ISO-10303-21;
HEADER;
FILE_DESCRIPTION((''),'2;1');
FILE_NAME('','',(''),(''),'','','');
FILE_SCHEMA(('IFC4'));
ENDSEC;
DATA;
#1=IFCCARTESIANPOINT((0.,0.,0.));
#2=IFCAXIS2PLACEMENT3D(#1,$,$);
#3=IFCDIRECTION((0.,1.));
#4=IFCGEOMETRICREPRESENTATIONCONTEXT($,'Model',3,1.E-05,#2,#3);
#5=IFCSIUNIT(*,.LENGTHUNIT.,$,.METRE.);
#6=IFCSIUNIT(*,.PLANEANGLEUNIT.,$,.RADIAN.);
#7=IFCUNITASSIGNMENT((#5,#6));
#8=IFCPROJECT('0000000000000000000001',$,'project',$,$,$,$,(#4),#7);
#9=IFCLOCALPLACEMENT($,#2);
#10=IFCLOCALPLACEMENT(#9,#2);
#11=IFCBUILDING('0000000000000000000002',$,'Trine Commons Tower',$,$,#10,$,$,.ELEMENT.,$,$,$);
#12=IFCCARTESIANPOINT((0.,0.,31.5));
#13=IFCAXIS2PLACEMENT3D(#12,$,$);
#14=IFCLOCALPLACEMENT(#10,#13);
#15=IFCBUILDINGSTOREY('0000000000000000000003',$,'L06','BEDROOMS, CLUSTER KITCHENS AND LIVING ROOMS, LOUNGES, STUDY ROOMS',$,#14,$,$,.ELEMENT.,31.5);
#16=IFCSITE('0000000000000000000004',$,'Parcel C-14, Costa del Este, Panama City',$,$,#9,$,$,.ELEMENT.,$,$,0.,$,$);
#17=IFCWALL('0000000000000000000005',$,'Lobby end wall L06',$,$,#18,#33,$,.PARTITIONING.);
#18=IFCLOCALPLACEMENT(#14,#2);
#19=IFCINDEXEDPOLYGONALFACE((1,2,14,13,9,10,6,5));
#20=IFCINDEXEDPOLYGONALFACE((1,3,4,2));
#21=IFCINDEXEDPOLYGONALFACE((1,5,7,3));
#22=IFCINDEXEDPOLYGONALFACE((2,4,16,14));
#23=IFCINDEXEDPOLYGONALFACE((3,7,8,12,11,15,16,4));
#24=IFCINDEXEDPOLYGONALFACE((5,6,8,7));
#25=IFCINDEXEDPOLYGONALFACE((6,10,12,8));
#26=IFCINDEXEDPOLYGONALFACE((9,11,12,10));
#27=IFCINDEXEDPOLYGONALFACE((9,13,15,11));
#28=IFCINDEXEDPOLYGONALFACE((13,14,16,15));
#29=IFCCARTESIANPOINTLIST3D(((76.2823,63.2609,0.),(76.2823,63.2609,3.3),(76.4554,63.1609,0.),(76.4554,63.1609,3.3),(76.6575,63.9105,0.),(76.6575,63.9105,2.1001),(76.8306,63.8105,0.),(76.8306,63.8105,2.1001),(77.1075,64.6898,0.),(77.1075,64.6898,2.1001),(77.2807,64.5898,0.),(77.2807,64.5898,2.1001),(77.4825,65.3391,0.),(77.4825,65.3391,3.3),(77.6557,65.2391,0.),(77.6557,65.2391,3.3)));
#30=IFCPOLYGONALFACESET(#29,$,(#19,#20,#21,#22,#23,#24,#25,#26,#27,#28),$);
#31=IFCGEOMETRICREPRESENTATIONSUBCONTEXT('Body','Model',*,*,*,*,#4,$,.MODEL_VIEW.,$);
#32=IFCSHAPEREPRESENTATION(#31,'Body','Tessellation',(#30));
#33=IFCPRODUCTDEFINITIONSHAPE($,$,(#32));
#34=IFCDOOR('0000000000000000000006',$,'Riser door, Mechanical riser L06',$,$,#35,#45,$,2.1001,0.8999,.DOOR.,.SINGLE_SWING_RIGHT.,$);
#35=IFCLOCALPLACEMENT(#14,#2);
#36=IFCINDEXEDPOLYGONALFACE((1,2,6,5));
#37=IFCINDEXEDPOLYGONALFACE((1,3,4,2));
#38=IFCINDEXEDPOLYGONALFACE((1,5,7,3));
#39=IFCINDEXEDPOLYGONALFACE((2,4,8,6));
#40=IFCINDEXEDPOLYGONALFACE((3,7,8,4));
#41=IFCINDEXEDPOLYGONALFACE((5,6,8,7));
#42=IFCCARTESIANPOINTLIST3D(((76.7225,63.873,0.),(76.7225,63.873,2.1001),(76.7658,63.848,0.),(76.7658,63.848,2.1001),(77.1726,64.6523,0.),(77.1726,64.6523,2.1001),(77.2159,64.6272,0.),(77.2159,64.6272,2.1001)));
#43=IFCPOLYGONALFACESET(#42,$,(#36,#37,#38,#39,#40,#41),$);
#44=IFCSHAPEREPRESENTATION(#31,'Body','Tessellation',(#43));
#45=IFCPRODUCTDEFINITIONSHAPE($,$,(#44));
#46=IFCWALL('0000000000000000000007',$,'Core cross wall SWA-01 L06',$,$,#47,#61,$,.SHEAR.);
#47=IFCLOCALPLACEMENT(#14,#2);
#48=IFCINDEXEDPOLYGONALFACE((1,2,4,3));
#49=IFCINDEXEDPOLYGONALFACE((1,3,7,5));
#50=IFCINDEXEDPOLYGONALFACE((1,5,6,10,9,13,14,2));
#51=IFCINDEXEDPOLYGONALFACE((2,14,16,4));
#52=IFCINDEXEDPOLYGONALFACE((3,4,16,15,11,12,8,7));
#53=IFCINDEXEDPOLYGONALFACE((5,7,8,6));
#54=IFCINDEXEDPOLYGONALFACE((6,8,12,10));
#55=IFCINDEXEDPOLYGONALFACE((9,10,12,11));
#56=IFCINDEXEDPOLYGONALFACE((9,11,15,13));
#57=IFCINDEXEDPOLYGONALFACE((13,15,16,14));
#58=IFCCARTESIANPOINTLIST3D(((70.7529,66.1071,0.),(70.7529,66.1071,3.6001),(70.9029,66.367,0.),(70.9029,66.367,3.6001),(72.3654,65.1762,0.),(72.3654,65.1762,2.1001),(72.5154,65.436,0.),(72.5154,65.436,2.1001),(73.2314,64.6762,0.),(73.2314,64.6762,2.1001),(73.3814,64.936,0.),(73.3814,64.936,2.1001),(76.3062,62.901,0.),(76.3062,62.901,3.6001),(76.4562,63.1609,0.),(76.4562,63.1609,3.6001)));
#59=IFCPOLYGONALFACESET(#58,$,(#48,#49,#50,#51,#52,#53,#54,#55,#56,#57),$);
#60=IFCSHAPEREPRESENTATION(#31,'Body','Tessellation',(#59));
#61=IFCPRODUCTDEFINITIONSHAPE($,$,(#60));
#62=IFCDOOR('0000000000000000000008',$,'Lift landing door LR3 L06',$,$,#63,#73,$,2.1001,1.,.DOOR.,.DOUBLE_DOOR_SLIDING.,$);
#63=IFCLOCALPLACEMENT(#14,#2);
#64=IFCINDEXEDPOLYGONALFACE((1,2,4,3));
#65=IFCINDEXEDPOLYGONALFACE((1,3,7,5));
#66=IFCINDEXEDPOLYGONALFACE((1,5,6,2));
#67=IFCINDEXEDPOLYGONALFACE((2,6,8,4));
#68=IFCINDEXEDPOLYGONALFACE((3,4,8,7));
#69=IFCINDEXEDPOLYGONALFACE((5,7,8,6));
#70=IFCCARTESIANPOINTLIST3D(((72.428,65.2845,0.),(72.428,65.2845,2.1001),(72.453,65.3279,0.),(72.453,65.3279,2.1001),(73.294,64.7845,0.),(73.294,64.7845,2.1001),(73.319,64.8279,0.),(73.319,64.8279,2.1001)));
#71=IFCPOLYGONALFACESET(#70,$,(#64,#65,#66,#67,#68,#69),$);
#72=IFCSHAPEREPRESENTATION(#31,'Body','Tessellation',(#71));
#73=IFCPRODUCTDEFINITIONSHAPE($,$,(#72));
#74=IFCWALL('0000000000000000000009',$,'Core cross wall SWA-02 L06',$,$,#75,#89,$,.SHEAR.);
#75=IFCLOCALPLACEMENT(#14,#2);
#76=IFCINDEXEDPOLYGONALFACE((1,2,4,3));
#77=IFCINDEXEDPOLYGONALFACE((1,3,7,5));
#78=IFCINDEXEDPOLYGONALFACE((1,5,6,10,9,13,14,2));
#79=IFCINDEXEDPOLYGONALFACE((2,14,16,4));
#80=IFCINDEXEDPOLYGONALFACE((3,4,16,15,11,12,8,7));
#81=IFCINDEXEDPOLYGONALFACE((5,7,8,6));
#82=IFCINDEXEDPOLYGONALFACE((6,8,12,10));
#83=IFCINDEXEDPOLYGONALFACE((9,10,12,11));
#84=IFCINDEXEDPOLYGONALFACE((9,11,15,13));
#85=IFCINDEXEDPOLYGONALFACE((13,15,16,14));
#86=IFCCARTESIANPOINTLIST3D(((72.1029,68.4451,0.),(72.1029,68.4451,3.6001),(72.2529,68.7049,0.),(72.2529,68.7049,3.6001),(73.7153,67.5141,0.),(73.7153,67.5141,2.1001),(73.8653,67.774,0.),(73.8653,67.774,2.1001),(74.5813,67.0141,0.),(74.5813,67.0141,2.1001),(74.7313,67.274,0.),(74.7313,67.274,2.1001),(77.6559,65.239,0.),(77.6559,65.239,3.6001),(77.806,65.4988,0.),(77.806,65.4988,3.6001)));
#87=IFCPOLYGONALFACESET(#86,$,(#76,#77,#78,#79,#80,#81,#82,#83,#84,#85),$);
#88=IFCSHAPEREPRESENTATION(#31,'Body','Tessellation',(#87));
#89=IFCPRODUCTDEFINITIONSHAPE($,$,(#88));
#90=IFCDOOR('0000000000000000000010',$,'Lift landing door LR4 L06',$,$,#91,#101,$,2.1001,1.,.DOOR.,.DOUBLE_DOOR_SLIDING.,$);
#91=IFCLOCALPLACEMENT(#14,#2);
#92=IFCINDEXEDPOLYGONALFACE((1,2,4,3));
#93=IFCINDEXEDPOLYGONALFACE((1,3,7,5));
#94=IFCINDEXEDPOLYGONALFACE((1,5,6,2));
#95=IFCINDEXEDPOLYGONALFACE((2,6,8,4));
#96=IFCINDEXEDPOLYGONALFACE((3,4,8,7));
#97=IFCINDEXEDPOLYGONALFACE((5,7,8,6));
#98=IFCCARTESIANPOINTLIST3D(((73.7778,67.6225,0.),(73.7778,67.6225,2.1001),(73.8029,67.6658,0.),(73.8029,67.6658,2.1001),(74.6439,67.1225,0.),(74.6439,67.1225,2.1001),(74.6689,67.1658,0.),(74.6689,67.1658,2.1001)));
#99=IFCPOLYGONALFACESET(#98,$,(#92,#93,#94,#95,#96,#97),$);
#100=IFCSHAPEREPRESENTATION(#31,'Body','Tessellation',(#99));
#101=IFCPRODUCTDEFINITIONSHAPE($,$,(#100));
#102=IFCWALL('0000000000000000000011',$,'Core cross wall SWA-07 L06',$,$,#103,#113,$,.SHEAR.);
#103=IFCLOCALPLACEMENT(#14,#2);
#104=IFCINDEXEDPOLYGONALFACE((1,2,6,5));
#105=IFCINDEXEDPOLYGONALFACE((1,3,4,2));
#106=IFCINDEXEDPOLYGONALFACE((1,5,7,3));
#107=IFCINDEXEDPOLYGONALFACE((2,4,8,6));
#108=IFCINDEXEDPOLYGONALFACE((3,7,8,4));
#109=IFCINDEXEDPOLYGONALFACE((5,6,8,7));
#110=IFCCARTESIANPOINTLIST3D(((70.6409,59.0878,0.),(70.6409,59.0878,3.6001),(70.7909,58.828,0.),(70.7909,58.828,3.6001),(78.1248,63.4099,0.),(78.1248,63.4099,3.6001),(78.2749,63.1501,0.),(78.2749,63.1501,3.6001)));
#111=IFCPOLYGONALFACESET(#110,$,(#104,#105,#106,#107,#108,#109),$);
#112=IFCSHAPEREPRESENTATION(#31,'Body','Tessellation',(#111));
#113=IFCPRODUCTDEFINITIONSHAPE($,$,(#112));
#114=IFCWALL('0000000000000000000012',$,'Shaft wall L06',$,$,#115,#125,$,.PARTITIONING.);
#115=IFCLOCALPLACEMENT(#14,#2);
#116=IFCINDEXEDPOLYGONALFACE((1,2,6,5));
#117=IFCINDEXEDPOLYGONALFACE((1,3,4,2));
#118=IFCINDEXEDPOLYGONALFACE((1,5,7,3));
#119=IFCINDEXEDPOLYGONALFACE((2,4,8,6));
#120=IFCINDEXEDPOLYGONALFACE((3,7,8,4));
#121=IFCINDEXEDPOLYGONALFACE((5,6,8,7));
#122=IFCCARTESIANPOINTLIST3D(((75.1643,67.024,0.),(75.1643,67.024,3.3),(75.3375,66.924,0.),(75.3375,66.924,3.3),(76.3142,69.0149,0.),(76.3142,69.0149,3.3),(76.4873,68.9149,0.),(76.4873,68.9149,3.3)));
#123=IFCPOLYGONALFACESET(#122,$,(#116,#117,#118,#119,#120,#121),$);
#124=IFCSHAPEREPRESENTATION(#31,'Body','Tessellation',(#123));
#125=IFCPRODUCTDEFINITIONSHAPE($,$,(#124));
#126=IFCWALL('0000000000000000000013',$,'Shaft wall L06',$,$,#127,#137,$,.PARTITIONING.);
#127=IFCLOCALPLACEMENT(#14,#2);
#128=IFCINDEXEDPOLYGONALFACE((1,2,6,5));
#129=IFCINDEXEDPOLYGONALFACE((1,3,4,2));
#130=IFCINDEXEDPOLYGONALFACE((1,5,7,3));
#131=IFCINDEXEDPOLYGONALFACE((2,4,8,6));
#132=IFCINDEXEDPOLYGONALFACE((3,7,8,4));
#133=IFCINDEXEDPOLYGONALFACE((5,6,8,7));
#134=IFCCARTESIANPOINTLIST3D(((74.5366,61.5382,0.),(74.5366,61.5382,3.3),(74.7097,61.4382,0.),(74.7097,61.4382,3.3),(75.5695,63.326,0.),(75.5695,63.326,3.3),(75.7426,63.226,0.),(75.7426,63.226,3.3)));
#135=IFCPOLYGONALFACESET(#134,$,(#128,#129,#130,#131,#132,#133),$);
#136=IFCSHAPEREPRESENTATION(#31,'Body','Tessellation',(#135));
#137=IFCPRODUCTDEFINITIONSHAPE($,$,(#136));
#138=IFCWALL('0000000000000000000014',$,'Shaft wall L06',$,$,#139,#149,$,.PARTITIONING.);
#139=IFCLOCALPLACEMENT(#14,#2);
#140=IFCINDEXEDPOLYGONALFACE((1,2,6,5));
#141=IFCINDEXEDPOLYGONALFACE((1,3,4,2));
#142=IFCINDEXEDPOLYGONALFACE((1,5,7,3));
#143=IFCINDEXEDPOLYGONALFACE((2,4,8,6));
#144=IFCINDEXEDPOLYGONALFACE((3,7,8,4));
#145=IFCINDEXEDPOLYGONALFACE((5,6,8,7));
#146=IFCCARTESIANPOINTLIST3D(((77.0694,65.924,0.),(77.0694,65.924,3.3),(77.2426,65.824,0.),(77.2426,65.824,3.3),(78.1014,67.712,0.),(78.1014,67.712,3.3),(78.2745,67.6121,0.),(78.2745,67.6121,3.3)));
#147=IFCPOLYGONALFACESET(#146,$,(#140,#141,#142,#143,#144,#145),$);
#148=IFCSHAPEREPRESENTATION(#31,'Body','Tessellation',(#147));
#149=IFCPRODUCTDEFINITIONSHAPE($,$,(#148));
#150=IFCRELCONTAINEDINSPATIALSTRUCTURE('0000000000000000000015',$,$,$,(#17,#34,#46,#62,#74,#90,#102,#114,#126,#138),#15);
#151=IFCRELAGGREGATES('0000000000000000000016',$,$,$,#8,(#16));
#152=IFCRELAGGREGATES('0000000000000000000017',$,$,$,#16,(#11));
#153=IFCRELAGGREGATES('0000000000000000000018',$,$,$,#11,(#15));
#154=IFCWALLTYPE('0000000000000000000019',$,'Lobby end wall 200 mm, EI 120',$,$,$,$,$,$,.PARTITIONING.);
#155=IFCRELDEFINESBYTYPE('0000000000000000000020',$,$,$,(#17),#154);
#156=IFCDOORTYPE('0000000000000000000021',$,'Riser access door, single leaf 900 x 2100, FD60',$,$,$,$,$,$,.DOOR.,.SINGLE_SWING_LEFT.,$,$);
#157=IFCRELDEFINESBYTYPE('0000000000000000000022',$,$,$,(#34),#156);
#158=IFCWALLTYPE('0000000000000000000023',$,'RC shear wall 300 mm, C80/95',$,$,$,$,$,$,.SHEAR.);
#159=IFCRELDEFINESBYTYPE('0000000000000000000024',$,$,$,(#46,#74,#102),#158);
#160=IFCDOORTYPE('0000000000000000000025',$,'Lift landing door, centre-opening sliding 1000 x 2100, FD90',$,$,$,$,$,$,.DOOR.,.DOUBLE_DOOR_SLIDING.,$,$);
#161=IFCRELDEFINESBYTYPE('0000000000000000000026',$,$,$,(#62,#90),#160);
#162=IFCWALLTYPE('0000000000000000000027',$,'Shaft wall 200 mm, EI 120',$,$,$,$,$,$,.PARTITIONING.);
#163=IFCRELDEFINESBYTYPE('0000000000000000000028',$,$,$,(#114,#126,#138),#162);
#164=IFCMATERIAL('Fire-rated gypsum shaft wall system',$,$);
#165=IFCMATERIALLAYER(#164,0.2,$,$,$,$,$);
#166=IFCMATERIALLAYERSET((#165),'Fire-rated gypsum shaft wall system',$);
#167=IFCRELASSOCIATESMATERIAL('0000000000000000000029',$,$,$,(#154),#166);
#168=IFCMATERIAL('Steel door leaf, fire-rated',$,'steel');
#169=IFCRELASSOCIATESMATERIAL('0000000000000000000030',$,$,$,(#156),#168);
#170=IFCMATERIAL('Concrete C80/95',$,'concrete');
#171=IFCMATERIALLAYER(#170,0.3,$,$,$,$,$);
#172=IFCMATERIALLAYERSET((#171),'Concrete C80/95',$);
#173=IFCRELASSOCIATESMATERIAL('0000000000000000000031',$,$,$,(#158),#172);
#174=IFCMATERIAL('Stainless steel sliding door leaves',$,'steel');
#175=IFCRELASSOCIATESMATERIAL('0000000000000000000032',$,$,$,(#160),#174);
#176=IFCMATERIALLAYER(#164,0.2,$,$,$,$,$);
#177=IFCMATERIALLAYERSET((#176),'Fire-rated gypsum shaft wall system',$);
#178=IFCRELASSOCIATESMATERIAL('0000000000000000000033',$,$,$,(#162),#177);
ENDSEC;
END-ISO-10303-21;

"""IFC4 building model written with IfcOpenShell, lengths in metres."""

from ifc_helpers import new_model, si_unit, direction, frame, frame_2d, origin, place, context, subcontext, project, spatial, rectangle, extrude, material, layer, layer_set, type_object, element, fill, save


model = new_model("IFC4")

# Units and contexts
model_context = context("Model", 3, precision=1e-05, world=origin(), true_north=direction((0.0, 1.0)))
body_context = subcontext(model_context, "Body", "Model", "MODEL_VIEW")
ifc_project = project(units=[si_unit("LENGTHUNIT", "METRE"), si_unit("PLANEANGLEUNIT", "RADIAN")], contexts=[model_context])

# Site, building, storey
site_placement = place(None, origin())
site = spatial("IfcSite", under=ifc_project, at=site_placement, Name="Parcel C-14, Costa del Este, Panama City", CompositionType="ELEMENT", RefElevation=0.0)
building_placement = place(site_placement, origin())
building = spatial("IfcBuilding", under=site, at=building_placement, Name="Trine Commons Tower", CompositionType="ELEMENT")
storey_placement = place(building_placement, frame((0.0, 0.0, 31.5)))
storey = spatial("IfcBuildingStorey", under=building, at=storey_placement, Name="L06", Description="BEDROOMS, CLUSTER KITCHENS AND LIVING ROOMS, LOUNGES, STUDY ROOMS", CompositionType="ELEMENT", Elevation=31.5)

# Walls, openings, doors
ifc_material_1 = material(Name="Fire-rated gypsum shaft wall system")
ifc_layer_1 = layer(ifc_material_1, 0.2)
ifc_layer_set_1 = layer_set([ifc_layer_1], Name="Fire-rated gypsum shaft wall system")
wall_type_1 = type_object("IfcWallType", Name="Lobby end wall 200 mm, EI 120", PredefinedType="PARTITIONING", material=ifc_layer_set_1)
wall_1_placement = place(storey_placement, frame((77.5691, 65.2891, 0.0), z_axis=(0.0, 0.0, 1.0), x_axis=(-0.500122, -0.865955, 0.0)))
wall_1 = element("IfcWall", 1, at=wall_1_placement, inside=storey, type_object=wall_type_1, Name="Lobby end wall L06", PredefinedType="PARTITIONING", context=body_context, shape_type="SweptSolid", body=[
    extrude(rectangle(XDim=2.3999, YDim=0.2, at=frame_2d((1.2, 0.0))), origin(), (0.0, 0.0, 1.0), 3.3),
])
opening_1_placement = place(wall_1_placement, frame((0.7498, 0.0, 0.0)))
opening_1 = element("IfcOpeningElement", 2, at=opening_1_placement, cuts=wall_1, PredefinedType="OPENING", context=body_context, shape_type="SweptSolid", body=[
    extrude(rectangle(XDim=0.8999, YDim=2.1001, at=frame_2d((0.45, 1.05))), frame((0.0, 0.1099, 0.0), z_axis=(0.0, -1.0, 0.0), x_axis=(1.0, 0.0, 0.0)), (0.0, 0.0, 1.0), 0.22),
])
ifc_material_2 = material(Name="Steel door leaf, fire-rated", Category="steel")
door_type_1 = type_object("IfcDoorType", Name="Riser access door, single leaf 900 x 2100, FD60", OperationType="SINGLE_SWING_LEFT", PredefinedType="DOOR", material=ifc_material_2)
door_1_placement = place(opening_1_placement, frame((0.8999, 0.0, 0.0), z_axis=(0.0, 0.0, 1.0), x_axis=(-1.0, 0.0, 0.0)))
door_1 = element("IfcDoor", 3, at=door_1_placement, inside=storey, type_object=door_type_1, Name="Riser door, Mechanical riser L06", OperationType="SINGLE_SWING_RIGHT", OverallHeight=2.1001, OverallWidth=0.8999, PredefinedType="DOOR", context=body_context, shape_type="SweptSolid", body=[
    extrude(rectangle(XDim=0.8999, YDim=2.1001, at=frame_2d((0.45, 1.05))), frame((0.0, 0.0249, 0.0), z_axis=(0.0, -1.0, 0.0), x_axis=(1.0, 0.0, 0.0)), (0.0, 0.0, 1.0), 0.05),
])
fill(opening_1, door_1)
ifc_material_3 = material(Name="Concrete C80/95", Category="concrete")
ifc_layer_2 = layer(ifc_material_3, 0.3)
ifc_layer_set_2 = layer_set([ifc_layer_2], Name="Concrete C80/95")
wall_type_2 = type_object("IfcWallType", Name="RC shear wall 300 mm, C80/95", PredefinedType="SHEAR", material=ifc_layer_set_2)
wall_2_placement = place(storey_placement, frame((76.3811, 63.031, 0.0), z_axis=(0.0, 0.0, 1.0), x_axis=(-0.866032, 0.499988, 0.0)))
wall_2 = element("IfcWall", 4, at=wall_2_placement, inside=storey, type_object=wall_type_2, Name="Core cross wall SWA-01 L06", PredefinedType="SHEAR", context=body_context, shape_type="SweptSolid", body=[
    extrude(rectangle(XDim=6.4124, YDim=0.3, at=frame_2d((3.2061, 0.0))), origin(), (0.0, 0.0, 1.0), 3.6001),
])
opening_2_placement = place(wall_2_placement, frame((3.5503, 0.0, 0.0)))
opening_2 = element("IfcOpeningElement", 5, at=opening_2_placement, cuts=wall_2, PredefinedType="OPENING", context=body_context, shape_type="SweptSolid", body=[
    extrude(rectangle(XDim=1.0, YDim=2.1001, at=frame_2d((0.5, 1.05))), frame((0.0, 0.1599, 0.0), z_axis=(0.0, -1.0, 0.0), x_axis=(1.0, 0.0, 0.0)), (0.0, 0.0, 1.0), 0.3201),
])
ifc_material_4 = material(Name="Stainless steel sliding door leaves", Category="steel")
door_type_2 = type_object("IfcDoorType", Name="Lift landing door, centre-opening sliding 1000 x 2100, FD90", OperationType="DOUBLE_DOOR_SLIDING", PredefinedType="DOOR", material=ifc_material_4)
door_2_placement = place(opening_2_placement, origin())
door_2 = element("IfcDoor", 6, at=door_2_placement, inside=storey, type_object=door_type_2, Name="Lift landing door LR3 L06", OperationType="DOUBLE_DOOR_SLIDING", OverallHeight=2.1001, OverallWidth=1.0, PredefinedType="DOOR", context=body_context, shape_type="SweptSolid", body=[
    extrude(rectangle(XDim=1.0, YDim=2.1001, at=frame_2d((0.5, 1.05))), frame((0.0, 0.0249, 0.0), z_axis=(0.0, -1.0, 0.0), x_axis=(1.0, 0.0, 0.0)), (0.0, 0.0, 1.0), 0.05),
])
fill(opening_2, door_2)
wall_3_placement = place(storey_placement, frame((77.731, 65.3689, 0.0), z_axis=(0.0, 0.0, 1.0), x_axis=(-0.866023, 0.500005, 0.0)))
wall_3 = element("IfcWall", 7, at=wall_3_placement, inside=storey, type_object=wall_type_2, Name="Core cross wall SWA-02 L06", PredefinedType="SHEAR", context=body_context, shape_type="SweptSolid", body=[
    extrude(rectangle(XDim=6.4121, YDim=0.3, at=frame_2d((3.2061, 0.0))), origin(), (0.0, 0.0, 1.0), 3.6001),
])
opening_3_placement = place(wall_3_placement, frame((3.5503, 0.0, 0.0)))
opening_3 = element("IfcOpeningElement", 8, at=opening_3_placement, cuts=wall_3, PredefinedType="OPENING", context=body_context, shape_type="SweptSolid", body=[
    extrude(rectangle(XDim=1.0, YDim=2.1001, at=frame_2d((0.5, 1.05))), frame((0.0, 0.1599, 0.0), z_axis=(0.0, -1.0, 0.0), x_axis=(1.0, 0.0, 0.0)), (0.0, 0.0, 1.0), 0.3201),
])
door_3_placement = place(opening_3_placement, origin())
door_3 = element("IfcDoor", 9, at=door_3_placement, inside=storey, type_object=door_type_2, Name="Lift landing door LR4 L06", OperationType="DOUBLE_DOOR_SLIDING", OverallHeight=2.1001, OverallWidth=1.0, PredefinedType="DOOR", context=body_context, shape_type="SweptSolid", body=[
    extrude(rectangle(XDim=1.0, YDim=2.1001, at=frame_2d((0.5, 1.05))), frame((0.0, 0.0249, 0.0), z_axis=(0.0, -1.0, 0.0), x_axis=(1.0, 0.0, 0.0)), (0.0, 0.0, 1.0), 0.05),
])
fill(opening_3, door_3)

# Walls
wall_4_placement = place(storey_placement, frame((78.2, 63.28, 0.0), z_axis=(0.0, 0.0, 1.0), x_axis=(-0.865965, -0.500104, 0.0)))
element("IfcWall", 10, at=wall_4_placement, inside=storey, type_object=wall_type_2, Name="Core cross wall SWA-07 L06", PredefinedType="SHEAR", context=body_context, shape_type="SweptSolid", body=[
    extrude(rectangle(XDim=8.6423, YDim=0.3, at=frame_2d((4.3213, 0.0))), origin(), (0.0, 0.0, 1.0), 3.6001),
])
ifc_layer_3 = layer(ifc_material_1, 0.2)
ifc_layer_set_3 = layer_set([ifc_layer_3], Name="Fire-rated gypsum shaft wall system")
wall_type_3 = type_object("IfcWallType", Name="Shaft wall 200 mm, EI 120", PredefinedType="PARTITIONING", material=ifc_layer_set_3)
wall_5_placement = place(storey_placement, frame((75.251, 66.9741, 0.0), z_axis=(0.0, 0.0, 1.0), x_axis=(0.500136, 0.865947, 0.0)))
element("IfcWall", 11, at=wall_5_placement, inside=storey, type_object=wall_type_3, Name="Shaft wall L06", PredefinedType="PARTITIONING", context=body_context, shape_type="SweptSolid", body=[
    extrude(rectangle(XDim=2.2991, YDim=0.2, at=frame_2d((1.1494, 0.0))), origin(), (0.0, 0.0, 1.0), 3.3),
])
wall_6_placement = place(storey_placement, frame((75.656, 63.2759, 0.0), z_axis=(0.0, 0.0, 1.0), x_axis=(-0.500272, -0.865868, 0.0)))
element("IfcWall", 12, at=wall_6_placement, inside=storey, type_object=wall_type_3, Name="Shaft wall L06", PredefinedType="PARTITIONING", context=body_context, shape_type="SweptSolid", body=[
    extrude(rectangle(XDim=2.0647, YDim=0.2, at=frame_2d((1.0322, 0.0))), origin(), (0.0, 0.0, 1.0), 3.3),
])
wall_7_placement = place(storey_placement, frame((77.156, 65.874, 0.0), z_axis=(0.0, 0.0, 1.0), x_axis=(0.499866, 0.866103, 0.0)))
element("IfcWall", 13, at=wall_7_placement, inside=storey, type_object=wall_type_3, Name="Shaft wall L06", PredefinedType="PARTITIONING", context=body_context, shape_type="SweptSolid", body=[
    extrude(rectangle(XDim=2.0645, YDim=0.2, at=frame_2d((1.0322, 0.0))), origin(), (0.0, 0.0, 1.0), 3.3),
])

save(model, "model.ifc")
